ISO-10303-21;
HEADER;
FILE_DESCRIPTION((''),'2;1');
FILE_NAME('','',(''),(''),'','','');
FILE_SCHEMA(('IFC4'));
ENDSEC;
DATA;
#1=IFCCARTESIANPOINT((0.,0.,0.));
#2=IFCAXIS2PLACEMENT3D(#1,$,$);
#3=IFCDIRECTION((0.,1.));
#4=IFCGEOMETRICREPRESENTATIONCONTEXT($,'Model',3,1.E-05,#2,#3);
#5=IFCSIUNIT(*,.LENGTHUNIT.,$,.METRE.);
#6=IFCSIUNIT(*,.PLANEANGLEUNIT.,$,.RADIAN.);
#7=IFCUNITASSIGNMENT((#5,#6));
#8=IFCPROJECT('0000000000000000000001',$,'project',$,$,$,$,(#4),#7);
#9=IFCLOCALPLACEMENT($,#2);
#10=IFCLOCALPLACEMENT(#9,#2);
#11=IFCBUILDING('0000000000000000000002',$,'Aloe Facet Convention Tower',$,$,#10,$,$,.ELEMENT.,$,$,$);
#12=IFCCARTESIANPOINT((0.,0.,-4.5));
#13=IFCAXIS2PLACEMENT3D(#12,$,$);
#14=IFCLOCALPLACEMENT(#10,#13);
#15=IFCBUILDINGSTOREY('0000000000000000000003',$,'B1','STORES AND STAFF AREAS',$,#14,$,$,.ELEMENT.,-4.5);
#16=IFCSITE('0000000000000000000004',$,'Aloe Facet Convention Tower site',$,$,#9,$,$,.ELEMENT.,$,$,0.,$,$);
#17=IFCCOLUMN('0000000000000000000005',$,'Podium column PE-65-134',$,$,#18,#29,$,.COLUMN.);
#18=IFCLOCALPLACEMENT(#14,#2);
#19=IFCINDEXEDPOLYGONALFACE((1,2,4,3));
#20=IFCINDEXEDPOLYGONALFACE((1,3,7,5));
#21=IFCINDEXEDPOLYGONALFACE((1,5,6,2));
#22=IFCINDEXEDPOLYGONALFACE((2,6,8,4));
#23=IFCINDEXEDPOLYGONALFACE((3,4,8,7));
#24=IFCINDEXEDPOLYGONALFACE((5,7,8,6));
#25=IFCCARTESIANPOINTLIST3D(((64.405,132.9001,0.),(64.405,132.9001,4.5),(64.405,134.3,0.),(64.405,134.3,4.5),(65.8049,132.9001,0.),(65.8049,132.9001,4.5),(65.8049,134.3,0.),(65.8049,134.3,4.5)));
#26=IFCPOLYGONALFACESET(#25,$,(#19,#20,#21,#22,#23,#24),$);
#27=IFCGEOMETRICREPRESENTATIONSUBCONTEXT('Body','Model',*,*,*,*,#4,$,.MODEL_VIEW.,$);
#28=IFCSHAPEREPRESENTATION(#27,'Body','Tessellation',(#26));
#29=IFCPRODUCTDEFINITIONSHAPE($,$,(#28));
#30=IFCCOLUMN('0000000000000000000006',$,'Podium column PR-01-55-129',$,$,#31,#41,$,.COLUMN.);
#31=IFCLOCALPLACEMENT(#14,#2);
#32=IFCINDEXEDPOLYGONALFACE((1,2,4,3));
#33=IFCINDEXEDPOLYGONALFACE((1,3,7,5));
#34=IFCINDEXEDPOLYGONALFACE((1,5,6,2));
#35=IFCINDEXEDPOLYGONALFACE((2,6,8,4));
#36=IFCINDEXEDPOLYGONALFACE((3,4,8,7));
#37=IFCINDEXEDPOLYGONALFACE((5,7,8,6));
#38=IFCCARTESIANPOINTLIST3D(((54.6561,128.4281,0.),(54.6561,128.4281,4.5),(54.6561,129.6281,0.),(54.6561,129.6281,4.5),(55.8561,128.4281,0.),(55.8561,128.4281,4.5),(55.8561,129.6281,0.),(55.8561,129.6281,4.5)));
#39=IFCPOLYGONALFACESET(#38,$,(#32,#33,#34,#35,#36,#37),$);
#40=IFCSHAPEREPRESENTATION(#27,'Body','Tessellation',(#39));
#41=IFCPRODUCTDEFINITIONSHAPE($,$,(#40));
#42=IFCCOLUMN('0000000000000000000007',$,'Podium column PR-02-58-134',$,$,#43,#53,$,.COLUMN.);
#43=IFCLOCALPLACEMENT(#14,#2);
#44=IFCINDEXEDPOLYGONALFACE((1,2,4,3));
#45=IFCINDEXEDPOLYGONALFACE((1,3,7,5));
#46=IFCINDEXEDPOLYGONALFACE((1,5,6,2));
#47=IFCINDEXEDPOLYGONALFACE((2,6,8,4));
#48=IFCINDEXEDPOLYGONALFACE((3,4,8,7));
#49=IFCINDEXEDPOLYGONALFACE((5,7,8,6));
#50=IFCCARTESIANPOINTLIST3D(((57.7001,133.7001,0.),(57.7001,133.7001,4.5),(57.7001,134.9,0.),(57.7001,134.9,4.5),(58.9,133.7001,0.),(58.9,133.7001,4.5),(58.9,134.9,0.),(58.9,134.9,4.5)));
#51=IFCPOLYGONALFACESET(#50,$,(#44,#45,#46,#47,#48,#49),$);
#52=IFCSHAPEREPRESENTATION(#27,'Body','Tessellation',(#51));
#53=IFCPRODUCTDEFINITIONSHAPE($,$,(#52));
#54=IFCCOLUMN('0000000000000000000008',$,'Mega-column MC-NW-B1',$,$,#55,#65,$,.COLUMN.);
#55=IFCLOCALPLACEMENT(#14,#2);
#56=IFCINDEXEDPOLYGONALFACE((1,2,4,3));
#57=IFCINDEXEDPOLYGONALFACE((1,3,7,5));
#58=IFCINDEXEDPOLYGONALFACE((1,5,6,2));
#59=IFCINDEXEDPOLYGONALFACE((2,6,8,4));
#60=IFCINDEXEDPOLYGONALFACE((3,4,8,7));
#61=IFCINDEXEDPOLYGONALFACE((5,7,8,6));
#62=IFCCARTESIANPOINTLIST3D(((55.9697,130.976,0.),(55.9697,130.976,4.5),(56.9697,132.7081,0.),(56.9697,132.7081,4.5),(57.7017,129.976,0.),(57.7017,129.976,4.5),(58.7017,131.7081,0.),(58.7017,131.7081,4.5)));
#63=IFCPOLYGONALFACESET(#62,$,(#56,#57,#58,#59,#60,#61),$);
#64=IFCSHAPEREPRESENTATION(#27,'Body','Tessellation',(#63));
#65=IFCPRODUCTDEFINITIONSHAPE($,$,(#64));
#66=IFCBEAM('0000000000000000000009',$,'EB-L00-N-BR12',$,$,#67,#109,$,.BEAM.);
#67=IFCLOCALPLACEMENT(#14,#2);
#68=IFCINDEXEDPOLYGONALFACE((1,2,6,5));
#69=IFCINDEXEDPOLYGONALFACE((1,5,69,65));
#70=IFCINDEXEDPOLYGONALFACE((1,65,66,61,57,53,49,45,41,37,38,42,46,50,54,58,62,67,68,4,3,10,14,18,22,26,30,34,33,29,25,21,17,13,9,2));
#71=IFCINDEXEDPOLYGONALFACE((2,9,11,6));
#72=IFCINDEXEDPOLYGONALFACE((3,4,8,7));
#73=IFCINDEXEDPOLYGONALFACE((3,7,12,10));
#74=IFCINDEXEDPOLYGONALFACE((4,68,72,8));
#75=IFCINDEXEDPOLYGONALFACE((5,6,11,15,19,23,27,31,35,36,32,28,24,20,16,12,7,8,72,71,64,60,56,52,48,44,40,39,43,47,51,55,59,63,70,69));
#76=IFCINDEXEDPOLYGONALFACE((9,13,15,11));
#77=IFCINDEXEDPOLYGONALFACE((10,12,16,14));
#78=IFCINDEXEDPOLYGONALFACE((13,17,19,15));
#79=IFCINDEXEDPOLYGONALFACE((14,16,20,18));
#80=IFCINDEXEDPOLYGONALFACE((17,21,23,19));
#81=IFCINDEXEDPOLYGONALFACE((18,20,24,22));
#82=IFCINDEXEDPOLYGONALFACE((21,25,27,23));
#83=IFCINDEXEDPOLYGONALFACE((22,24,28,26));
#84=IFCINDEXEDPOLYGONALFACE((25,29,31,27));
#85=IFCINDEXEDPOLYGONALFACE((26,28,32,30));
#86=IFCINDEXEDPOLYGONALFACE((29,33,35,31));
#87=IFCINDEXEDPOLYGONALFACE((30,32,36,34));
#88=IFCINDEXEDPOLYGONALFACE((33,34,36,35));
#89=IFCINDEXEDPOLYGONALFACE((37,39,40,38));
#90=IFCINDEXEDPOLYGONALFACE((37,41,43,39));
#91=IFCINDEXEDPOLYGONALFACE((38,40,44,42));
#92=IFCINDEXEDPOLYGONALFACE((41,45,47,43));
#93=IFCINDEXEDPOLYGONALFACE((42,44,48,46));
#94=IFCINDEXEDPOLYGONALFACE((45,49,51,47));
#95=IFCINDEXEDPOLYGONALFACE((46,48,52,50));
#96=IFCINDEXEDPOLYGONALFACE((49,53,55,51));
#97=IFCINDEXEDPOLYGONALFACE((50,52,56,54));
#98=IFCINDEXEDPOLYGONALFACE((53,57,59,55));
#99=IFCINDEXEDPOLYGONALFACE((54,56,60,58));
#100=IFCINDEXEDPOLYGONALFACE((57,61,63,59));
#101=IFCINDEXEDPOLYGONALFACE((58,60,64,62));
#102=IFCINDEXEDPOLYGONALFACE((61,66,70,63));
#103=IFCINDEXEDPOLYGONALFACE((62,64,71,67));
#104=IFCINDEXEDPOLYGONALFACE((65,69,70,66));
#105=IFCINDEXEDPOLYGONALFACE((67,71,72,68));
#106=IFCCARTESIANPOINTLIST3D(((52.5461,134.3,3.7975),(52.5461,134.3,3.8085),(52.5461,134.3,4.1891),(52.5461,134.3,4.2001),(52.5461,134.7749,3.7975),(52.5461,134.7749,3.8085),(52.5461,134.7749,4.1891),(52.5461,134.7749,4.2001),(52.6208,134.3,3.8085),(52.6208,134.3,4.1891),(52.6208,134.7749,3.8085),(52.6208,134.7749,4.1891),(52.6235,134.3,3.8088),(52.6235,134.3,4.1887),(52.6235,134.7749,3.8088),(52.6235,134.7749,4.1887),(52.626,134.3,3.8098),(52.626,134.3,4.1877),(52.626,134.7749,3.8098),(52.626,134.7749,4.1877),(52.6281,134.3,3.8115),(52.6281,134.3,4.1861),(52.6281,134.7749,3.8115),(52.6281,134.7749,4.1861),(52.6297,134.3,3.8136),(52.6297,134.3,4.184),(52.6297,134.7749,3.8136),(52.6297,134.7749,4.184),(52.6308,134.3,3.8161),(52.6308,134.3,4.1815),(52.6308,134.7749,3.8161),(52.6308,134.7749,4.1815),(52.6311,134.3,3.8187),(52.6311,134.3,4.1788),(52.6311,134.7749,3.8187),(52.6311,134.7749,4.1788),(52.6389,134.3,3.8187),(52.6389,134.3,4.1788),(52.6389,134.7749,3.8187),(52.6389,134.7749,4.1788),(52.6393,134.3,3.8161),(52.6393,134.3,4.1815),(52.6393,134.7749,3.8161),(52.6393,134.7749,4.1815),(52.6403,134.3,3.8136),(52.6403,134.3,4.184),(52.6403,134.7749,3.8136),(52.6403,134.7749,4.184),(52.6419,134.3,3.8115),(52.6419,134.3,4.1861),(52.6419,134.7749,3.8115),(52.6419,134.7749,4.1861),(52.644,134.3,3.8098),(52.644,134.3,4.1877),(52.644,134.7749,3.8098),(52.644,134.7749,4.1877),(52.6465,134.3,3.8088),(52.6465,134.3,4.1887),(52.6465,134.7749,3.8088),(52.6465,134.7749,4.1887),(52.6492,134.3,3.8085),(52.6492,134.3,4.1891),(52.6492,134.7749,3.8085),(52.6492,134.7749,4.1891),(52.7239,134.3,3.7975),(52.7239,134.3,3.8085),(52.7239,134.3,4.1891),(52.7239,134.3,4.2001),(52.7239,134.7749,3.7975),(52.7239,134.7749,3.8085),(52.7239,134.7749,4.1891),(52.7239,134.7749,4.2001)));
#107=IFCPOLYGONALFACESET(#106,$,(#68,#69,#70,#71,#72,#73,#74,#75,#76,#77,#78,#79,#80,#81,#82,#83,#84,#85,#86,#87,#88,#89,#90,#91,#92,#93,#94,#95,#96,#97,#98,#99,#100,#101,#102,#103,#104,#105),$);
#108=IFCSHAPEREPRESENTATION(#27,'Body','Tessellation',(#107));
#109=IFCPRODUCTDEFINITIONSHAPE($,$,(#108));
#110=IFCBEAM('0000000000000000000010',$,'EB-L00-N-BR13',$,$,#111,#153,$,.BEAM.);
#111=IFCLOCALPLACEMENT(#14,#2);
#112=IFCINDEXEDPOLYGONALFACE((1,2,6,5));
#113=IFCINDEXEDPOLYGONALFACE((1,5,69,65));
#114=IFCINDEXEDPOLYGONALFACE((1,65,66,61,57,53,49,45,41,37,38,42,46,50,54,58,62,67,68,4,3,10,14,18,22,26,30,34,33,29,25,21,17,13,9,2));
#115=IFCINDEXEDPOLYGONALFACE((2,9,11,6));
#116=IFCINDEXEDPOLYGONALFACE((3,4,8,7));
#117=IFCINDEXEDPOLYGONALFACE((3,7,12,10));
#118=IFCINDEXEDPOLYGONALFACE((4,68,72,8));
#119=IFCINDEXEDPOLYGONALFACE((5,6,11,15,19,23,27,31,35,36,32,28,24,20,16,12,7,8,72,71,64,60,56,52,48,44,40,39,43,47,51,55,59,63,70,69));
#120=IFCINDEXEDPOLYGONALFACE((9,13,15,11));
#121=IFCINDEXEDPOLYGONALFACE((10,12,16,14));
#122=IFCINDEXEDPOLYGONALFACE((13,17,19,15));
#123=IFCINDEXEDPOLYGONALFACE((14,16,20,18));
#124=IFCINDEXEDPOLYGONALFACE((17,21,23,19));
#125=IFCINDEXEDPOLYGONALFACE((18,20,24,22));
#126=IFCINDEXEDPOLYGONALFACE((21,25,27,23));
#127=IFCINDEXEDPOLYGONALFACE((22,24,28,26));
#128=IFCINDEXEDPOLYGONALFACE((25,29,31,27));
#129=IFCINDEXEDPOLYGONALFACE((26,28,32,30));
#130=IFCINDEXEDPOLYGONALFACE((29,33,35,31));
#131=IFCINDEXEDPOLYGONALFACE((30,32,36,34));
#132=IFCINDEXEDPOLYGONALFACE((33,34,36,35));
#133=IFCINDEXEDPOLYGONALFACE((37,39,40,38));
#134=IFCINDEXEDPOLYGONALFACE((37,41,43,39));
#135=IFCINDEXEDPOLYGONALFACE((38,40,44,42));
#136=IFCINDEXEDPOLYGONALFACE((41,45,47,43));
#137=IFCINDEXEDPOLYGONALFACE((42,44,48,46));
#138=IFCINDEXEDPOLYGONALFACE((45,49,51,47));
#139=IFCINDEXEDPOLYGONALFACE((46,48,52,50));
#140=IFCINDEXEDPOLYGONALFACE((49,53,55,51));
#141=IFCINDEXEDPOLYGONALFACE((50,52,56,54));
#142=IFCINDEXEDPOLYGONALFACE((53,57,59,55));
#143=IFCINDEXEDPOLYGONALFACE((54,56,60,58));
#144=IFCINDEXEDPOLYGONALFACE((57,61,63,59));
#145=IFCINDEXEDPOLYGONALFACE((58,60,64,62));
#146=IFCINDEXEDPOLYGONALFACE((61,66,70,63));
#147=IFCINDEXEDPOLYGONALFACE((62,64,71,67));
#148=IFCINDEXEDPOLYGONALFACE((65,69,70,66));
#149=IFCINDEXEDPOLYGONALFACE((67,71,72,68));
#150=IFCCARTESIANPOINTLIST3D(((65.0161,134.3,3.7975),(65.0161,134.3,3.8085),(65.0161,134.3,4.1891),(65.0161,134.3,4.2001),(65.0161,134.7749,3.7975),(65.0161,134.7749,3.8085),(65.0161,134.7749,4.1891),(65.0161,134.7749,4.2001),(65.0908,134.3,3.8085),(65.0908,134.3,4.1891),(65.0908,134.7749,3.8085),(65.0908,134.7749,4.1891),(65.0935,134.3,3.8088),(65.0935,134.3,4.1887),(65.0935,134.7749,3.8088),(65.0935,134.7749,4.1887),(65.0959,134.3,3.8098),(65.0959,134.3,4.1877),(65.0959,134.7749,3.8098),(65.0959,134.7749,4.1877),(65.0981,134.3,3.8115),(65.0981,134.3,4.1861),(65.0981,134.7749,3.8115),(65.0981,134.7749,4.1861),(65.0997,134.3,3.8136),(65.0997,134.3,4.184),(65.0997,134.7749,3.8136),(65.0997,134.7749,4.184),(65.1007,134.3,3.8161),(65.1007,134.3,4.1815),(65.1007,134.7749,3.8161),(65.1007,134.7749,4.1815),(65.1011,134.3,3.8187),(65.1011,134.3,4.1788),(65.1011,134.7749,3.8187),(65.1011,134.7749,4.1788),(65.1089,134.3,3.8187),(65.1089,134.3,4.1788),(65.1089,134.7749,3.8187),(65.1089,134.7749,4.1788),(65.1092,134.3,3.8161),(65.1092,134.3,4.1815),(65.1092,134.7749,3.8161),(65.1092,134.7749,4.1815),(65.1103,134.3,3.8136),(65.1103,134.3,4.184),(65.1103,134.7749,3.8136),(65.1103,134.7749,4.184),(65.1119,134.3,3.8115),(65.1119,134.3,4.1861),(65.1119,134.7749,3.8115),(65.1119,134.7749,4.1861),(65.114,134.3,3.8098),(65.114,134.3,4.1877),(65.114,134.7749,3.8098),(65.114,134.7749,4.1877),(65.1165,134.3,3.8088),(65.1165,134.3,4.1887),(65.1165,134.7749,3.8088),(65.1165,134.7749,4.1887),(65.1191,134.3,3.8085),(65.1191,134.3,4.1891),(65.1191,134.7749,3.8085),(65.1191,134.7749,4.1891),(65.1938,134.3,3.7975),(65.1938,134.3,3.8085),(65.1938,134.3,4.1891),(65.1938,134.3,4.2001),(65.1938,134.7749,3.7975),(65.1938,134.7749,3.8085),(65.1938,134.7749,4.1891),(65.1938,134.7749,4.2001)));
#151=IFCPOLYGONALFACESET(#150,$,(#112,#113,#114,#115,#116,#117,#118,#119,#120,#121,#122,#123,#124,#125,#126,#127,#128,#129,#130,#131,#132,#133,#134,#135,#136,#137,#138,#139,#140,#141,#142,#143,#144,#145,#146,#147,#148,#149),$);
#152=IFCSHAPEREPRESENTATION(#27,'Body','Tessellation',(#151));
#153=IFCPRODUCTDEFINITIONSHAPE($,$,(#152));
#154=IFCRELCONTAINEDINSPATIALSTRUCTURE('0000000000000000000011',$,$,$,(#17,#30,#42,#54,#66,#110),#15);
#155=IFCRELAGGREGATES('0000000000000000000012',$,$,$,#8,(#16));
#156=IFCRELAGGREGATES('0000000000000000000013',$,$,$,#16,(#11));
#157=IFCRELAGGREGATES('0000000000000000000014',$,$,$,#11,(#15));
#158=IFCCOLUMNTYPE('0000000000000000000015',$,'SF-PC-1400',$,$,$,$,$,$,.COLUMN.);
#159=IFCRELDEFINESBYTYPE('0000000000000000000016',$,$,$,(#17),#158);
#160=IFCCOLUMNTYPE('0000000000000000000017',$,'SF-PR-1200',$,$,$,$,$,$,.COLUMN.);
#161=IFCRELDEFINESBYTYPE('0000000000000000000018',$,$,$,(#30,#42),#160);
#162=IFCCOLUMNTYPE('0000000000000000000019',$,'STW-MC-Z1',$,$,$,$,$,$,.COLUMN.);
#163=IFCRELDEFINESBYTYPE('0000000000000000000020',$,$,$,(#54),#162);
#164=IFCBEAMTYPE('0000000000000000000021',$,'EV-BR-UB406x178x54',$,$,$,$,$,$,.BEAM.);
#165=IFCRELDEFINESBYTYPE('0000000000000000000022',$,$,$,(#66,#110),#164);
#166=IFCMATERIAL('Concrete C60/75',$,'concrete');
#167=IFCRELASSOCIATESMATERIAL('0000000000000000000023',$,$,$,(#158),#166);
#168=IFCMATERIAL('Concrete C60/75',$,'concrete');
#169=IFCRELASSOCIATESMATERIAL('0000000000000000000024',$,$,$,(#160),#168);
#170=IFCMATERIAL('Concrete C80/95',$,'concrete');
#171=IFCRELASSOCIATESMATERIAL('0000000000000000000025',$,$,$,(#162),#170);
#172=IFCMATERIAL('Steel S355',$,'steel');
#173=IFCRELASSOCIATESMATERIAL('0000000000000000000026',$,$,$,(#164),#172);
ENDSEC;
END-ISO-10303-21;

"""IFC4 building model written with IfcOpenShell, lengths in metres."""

from ifc_helpers import new_model, si_unit, direction, frame, origin, origin_2d, place, context, subcontext, project, spatial, rectangle, i_section, extrude, material, material_profile, profile_set, type_object, element, save


model = new_model("IFC4")

# Units and contexts
model_context = context("Model", 3, precision=1e-05, world=origin(), true_north=direction((0.0, 1.0)))
body_context = subcontext(model_context, "Body", "Model", "MODEL_VIEW")
ifc_project = project(units=[si_unit("LENGTHUNIT", "METRE"), si_unit("PLANEANGLEUNIT", "RADIAN")], contexts=[model_context])

# Site, building, storey
site_placement = place(None, origin())
site = spatial("IfcSite", under=ifc_project, at=site_placement, Name="Aloe Facet Convention Tower site", CompositionType="ELEMENT", RefElevation=0.0)
building_placement = place(site_placement, origin())
building = spatial("IfcBuilding", under=site, at=building_placement, Name="Aloe Facet Convention Tower", CompositionType="ELEMENT")
storey_placement = place(building_placement, frame((0.0, 0.0, -4.5)))
storey = spatial("IfcBuildingStorey", under=building, at=storey_placement, Name="B1", Description="STORES AND STAFF AREAS", CompositionType="ELEMENT", Elevation=-4.5)

# Columns
ifc_material_1 = material(Name="Concrete C60/75", Category="concrete")
ifc_material_profile_1 = material_profile(ifc_material_1, rectangle(XDim=1.3999, YDim=1.3999, at=origin_2d()), Name="SF-PC-1400")
ifc_profile_set_1 = profile_set([ifc_material_profile_1], Name="Concrete C60/75")
column_type_1 = type_object("IfcColumnType", Name="SF-PC-1400", PredefinedType="COLUMN", material=ifc_profile_set_1)
column_1_placement = place(storey_placement, frame((65.105, 133.6001, 0.0), z_axis=(0.0, 0.0, 1.0), x_axis=(1.0, 0.0, 0.0)))
element("IfcColumn", 1, at=column_1_placement, inside=storey, type_object=column_type_1, Name="Podium column PE-65-134", PredefinedType="COLUMN", context=body_context, shape_type="SweptSolid", body=[
    extrude(rectangle(XDim=1.3999, YDim=1.3999, at=origin_2d()), origin(), (0.0, 0.0, 1.0), 4.5),
])
ifc_material_2 = material(Name="Concrete C60/75", Category="concrete")
ifc_material_profile_2 = material_profile(ifc_material_2, rectangle(XDim=1.2, YDim=1.2, at=origin_2d()), Name="SF-PR-1200")
ifc_profile_set_2 = profile_set([ifc_material_profile_2], Name="Concrete C60/75")
column_type_2 = type_object("IfcColumnType", Name="SF-PR-1200", PredefinedType="COLUMN", material=ifc_profile_set_2)
for number, where, z_axis, x_axis, name in (
    (2, (55.2561, 129.0281, 0.0), (0.0, 0.0, 1.0), (1.0, 0.0, 0.0), "Podium column PR-01-55-129"),
    (3, (58.3, 134.3, 0.0), (0.0, 0.0, 1.0), (1.0, 0.0, 0.0), "Podium column PR-02-58-134"),
):
    element("IfcColumn", number, at=place(storey_placement, frame(where, z_axis=z_axis, x_axis=x_axis)), inside=storey, type_object=column_type_2, Name=name, PredefinedType="COLUMN", context=body_context, shape_type="SweptSolid", body=[
        extrude(rectangle(XDim=1.2, YDim=1.2, at=origin_2d()), origin(), (0.0, 0.0, 1.0), 4.5),
    ])
ifc_material_3 = material(Name="Concrete C80/95", Category="concrete")
ifc_material_profile_3 = material_profile(ifc_material_3, rectangle(XDim=2.0, YDim=2.0, at=origin_2d()), Name="STW-MC-Z1")
ifc_profile_set_3 = profile_set([ifc_material_profile_3], Name="Concrete C80/95")
column_type_3 = type_object("IfcColumnType", Name="STW-MC-Z1", PredefinedType="COLUMN", material=ifc_profile_set_3)
column_2_placement = place(storey_placement, frame((57.3357, 131.342, 0.0), z_axis=(0.0, 0.0, 1.0), x_axis=(-0.5, -0.866025, 0.0)))
element("IfcColumn", 4, at=column_2_placement, inside=storey, type_object=column_type_3, Name="Mega-column MC-NW-B1", PredefinedType="COLUMN", context=body_context, shape_type="SweptSolid", body=[
    extrude(rectangle(XDim=2.0, YDim=2.0, at=origin_2d()), origin(), (0.0, 0.0, 1.0), 4.5),
])

# Beams
ifc_material_4 = material(Name="Steel S355", Category="steel")
ifc_material_profile_4 = material_profile(ifc_material_4, i_section(OverallWidth=0.1777, OverallDepth=0.4026, WebThickness=0.0078, FlangeThickness=0.011, FilletRadius=0.0103, at=origin_2d()), Name="UB 406x178x54")
ifc_profile_set_4 = profile_set([ifc_material_profile_4], Name="Steel S355")
beam_type_1 = type_object("IfcBeamType", Name="EV-BR-UB406x178x54", PredefinedType="BEAM", material=ifc_profile_set_4)
for number, where, z_axis, x_axis, name in (
    (5, (52.635, 134.3, 3.9988), (0.0, 1.0, 0.0), (-1.0, 0.0, 0.0), "EB-L00-N-BR12"),
    (6, (65.105, 134.3, 3.9988), (0.0, 1.0, 0.0), (-1.0, 0.0, 0.0), "EB-L00-N-BR13"),
):
    element("IfcBeam", number, at=place(storey_placement, frame(where, z_axis=z_axis, x_axis=x_axis)), inside=storey, type_object=beam_type_1, Name=name, PredefinedType="BEAM", context=body_context, shape_type="SweptSolid", body=[
        extrude(i_section(OverallWidth=0.1777, OverallDepth=0.4026, WebThickness=0.0078, FlangeThickness=0.011, FilletRadius=0.0103, at=origin_2d()), origin(), (0.0, 0.0, 1.0), 0.4749),
    ])

save(model, "model.ifc")
